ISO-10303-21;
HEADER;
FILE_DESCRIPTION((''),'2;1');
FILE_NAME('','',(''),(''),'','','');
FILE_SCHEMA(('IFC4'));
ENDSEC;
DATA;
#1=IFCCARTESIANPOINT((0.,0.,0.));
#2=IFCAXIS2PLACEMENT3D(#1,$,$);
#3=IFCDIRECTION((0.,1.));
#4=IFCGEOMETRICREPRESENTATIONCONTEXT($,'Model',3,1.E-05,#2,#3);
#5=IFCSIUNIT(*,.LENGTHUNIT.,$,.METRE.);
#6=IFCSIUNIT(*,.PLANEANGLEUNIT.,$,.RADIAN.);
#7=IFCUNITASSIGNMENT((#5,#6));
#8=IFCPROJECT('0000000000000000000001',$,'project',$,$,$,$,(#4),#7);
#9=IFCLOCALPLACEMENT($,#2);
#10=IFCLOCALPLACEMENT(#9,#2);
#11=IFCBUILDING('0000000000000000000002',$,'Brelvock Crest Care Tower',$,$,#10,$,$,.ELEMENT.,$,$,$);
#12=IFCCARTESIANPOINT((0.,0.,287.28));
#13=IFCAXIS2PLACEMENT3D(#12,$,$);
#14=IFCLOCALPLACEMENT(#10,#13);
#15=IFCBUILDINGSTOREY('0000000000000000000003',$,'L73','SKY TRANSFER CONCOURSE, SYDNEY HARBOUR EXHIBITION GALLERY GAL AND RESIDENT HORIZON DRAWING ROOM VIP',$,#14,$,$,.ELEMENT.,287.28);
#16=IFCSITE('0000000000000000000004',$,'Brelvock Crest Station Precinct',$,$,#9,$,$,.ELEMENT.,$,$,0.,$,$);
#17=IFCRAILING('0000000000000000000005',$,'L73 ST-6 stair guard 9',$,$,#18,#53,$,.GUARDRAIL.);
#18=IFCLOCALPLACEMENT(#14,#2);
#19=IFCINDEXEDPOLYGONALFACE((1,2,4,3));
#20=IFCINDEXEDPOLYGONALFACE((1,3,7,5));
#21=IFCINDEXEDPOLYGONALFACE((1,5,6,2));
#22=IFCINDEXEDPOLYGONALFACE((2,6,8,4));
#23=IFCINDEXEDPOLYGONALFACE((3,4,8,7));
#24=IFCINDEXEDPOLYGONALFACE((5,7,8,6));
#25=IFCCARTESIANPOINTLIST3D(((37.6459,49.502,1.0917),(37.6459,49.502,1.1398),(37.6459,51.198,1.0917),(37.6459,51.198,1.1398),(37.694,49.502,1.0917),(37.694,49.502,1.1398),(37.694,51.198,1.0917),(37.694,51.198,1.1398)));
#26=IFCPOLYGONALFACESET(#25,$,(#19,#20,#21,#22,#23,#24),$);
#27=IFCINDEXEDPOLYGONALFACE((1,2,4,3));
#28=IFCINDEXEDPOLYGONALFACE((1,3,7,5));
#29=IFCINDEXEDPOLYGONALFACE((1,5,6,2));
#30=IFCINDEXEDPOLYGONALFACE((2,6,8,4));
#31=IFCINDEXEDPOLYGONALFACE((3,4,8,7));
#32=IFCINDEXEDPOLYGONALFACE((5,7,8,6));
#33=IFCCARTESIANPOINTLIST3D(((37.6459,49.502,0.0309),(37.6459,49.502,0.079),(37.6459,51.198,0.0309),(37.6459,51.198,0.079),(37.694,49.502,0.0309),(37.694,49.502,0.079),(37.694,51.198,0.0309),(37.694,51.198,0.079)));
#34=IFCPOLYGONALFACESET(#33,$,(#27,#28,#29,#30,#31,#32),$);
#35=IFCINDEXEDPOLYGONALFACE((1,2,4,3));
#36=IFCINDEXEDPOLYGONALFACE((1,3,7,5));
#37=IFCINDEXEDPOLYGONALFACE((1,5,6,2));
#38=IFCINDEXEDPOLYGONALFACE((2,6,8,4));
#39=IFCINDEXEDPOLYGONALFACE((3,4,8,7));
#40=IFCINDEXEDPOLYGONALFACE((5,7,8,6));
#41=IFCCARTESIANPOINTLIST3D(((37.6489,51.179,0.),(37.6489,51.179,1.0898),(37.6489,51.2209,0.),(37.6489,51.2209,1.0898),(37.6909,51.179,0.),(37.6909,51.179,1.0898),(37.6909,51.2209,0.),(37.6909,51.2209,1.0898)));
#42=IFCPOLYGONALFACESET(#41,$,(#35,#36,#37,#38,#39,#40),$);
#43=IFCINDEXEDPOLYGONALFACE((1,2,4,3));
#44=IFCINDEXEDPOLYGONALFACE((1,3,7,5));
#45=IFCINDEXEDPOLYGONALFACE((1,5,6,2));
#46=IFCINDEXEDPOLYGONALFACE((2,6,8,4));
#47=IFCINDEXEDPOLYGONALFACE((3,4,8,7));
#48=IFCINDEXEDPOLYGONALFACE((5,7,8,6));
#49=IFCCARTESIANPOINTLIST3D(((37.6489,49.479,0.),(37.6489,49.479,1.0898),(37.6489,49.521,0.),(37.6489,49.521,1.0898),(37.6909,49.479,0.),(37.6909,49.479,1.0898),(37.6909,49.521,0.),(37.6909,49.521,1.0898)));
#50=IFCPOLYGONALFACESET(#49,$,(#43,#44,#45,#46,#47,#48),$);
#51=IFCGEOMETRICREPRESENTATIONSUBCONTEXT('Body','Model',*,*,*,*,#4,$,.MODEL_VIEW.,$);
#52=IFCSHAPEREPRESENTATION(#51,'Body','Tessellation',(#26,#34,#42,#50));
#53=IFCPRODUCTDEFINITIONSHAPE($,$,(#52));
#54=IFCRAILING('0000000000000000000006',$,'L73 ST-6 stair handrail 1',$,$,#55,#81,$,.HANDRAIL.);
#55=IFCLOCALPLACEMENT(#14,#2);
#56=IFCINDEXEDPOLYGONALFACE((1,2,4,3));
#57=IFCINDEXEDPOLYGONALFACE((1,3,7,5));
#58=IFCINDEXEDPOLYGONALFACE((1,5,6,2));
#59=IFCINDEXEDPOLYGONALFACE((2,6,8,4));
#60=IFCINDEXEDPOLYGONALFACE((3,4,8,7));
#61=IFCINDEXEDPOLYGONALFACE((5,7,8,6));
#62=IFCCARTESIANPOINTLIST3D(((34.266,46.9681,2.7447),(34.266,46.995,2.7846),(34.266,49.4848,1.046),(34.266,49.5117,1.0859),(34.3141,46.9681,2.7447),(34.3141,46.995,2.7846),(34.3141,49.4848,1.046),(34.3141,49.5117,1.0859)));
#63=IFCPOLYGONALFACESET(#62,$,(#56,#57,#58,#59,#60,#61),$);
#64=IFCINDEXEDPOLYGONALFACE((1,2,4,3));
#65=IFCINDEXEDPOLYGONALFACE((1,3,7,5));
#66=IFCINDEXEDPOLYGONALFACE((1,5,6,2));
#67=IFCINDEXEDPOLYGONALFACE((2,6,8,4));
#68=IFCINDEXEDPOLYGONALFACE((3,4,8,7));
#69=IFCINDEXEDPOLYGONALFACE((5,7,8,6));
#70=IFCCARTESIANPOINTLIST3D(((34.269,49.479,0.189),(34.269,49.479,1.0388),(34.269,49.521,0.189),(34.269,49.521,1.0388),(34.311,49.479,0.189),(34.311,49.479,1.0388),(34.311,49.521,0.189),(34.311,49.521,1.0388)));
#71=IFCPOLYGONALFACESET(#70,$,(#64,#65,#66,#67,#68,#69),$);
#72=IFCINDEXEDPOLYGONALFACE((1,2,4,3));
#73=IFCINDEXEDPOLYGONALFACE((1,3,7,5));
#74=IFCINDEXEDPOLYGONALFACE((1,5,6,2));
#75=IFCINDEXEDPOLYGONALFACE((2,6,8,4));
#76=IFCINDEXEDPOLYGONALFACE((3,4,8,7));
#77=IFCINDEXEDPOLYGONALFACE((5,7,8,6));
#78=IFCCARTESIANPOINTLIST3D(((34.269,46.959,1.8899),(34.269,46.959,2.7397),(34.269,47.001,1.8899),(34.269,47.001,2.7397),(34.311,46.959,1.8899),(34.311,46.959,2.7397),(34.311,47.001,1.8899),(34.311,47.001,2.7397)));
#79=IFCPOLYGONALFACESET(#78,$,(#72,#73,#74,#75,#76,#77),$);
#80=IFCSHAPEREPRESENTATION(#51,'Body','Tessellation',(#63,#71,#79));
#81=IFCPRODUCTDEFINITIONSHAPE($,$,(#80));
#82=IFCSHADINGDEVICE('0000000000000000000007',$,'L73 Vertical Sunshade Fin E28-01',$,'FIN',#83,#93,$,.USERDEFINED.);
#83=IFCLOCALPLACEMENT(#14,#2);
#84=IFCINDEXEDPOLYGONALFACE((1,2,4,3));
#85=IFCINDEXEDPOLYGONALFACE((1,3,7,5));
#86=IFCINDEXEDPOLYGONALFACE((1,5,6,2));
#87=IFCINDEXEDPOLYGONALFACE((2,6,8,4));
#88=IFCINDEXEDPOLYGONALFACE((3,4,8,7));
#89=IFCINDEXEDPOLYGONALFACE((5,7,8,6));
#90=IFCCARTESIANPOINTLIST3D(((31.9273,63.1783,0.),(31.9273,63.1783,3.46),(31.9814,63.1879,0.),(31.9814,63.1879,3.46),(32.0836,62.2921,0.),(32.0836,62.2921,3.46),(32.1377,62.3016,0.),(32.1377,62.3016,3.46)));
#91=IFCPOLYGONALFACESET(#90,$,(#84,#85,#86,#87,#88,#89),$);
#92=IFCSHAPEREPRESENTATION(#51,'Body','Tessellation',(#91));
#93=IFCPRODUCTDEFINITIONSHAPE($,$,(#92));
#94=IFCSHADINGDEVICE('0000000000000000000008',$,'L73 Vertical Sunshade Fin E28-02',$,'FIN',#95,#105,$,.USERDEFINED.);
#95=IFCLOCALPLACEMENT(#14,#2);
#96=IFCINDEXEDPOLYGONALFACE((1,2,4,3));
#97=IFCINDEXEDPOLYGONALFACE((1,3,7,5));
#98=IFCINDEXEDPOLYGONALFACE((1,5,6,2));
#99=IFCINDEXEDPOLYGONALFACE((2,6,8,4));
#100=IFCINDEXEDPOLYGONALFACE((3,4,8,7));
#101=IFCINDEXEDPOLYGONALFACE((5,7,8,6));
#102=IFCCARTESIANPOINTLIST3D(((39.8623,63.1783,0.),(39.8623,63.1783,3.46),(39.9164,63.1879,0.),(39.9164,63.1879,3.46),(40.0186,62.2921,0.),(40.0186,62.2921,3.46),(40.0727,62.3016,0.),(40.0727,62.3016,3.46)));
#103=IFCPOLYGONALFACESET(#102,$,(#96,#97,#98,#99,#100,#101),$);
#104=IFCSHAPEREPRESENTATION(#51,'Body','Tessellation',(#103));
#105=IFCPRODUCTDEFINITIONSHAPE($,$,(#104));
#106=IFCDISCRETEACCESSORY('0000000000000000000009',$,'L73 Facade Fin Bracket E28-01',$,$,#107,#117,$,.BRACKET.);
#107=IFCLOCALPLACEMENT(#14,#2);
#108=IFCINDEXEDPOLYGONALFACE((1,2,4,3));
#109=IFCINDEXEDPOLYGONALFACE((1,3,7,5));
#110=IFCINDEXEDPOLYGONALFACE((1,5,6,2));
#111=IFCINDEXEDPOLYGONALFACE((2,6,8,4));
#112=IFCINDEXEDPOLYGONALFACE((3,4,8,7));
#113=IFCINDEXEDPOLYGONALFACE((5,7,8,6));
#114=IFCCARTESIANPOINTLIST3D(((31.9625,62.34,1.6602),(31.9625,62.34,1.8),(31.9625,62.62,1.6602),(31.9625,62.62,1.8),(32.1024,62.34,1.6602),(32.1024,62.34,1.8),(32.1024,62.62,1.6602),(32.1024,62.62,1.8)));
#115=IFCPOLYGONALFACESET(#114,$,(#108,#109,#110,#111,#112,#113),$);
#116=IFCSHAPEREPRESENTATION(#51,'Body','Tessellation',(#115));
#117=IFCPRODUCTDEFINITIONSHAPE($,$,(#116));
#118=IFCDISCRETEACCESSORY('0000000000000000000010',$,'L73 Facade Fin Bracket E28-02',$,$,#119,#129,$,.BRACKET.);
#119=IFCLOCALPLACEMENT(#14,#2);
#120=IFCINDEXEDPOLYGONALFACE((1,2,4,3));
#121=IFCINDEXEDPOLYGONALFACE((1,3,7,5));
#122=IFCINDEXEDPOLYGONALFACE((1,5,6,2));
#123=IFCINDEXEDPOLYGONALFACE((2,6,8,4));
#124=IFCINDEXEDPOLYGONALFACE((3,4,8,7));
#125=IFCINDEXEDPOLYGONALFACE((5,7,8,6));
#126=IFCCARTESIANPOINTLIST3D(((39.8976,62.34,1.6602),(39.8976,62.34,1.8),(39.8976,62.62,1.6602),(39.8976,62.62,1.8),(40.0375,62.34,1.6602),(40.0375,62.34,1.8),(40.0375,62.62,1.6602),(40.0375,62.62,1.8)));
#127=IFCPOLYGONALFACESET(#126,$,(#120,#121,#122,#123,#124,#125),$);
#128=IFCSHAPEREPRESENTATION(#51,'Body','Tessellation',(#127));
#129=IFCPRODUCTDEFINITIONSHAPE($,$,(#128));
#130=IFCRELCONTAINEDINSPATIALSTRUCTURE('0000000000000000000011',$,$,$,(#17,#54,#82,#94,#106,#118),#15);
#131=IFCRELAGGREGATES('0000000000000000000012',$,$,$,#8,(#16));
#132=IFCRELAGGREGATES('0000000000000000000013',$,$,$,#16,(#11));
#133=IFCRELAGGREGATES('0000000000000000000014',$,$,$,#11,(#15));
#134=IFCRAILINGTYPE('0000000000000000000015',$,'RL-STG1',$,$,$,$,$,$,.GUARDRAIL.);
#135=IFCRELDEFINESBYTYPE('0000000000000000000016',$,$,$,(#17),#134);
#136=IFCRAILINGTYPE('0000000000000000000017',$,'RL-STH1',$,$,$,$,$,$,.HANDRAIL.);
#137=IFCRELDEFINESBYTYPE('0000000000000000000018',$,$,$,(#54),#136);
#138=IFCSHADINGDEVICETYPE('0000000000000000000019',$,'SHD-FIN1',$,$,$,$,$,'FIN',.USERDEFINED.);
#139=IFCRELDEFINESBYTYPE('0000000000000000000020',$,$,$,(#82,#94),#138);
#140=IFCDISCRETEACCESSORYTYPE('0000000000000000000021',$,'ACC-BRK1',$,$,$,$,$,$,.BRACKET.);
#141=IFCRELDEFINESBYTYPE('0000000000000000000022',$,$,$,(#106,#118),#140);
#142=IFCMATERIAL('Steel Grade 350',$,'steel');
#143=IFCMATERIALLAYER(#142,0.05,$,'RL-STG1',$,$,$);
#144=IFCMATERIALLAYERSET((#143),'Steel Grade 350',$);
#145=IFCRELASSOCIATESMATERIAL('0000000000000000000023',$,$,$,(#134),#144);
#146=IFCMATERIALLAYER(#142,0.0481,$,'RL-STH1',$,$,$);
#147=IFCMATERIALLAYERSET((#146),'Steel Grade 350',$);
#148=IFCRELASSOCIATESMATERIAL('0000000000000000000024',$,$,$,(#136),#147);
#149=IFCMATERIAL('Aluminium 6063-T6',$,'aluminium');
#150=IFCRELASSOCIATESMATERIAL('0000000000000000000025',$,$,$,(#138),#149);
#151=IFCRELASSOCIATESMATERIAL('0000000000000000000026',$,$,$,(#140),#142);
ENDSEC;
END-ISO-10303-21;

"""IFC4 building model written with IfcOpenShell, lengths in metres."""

from ifc_helpers import new_model, si_unit, direction, frame, origin, origin_2d, place, context, subcontext, project, spatial, rectangle, extrude, source, transform, mapped, material, layer, layer_set, material_profile, profile_set, type_object, element, save


model = new_model("IFC4")

# Units and contexts
model_context = context("Model", 3, precision=1e-05, world=origin(), true_north=direction((0.0, 1.0)))
body_context = subcontext(model_context, "Body", "Model", "MODEL_VIEW")
ifc_project = project(units=[si_unit("LENGTHUNIT", "METRE"), si_unit("PLANEANGLEUNIT", "RADIAN")], contexts=[model_context])

# Site, building, storey
site_placement = place(None, origin())
site = spatial("IfcSite", under=ifc_project, at=site_placement, Name="Brelvock Crest Station Precinct", CompositionType="ELEMENT", RefElevation=0.0)
building_placement = place(site_placement, origin())
building = spatial("IfcBuilding", under=site, at=building_placement, Name="Brelvock Crest Care Tower", CompositionType="ELEMENT")
storey_placement = place(building_placement, frame((0.0, 0.0, 287.28)))
storey = spatial("IfcBuildingStorey", under=building, at=storey_placement, Name="L73", Description="SKY TRANSFER CONCOURSE, SYDNEY HARBOUR EXHIBITION GALLERY GAL AND RESIDENT HORIZON DRAWING ROOM VIP", CompositionType="ELEMENT", Elevation=287.28)

# Shared definitions
ifc_material_1 = material(Name="Steel Grade 350", Category="steel")

# Shared definitions
ifc_material_2 = material(Name="Aluminium 6063-T6", Category="aluminium")

# Railings
ifc_layer_1 = layer(ifc_material_1, 0.05, Name="RL-STG1")
ifc_layer_set_1 = layer_set([ifc_layer_1], Name="Steel Grade 350")
railing_type_1 = type_object("IfcRailingType", Name="RL-STG1", PredefinedType="GUARDRAIL", material=ifc_layer_set_1)
for number, where, name in (
    (1, (37.6699, 51.2, 0.0), "L73 ST-6 stair guard 9"),
):
    element("IfcRailing", number, at=place(storey_placement, frame(where)), inside=storey, type_object=railing_type_1, Name=name, PredefinedType="GUARDRAIL", context=body_context, shape_type="SweptSolid", body=[
        extrude(rectangle(XDim=0.0481, YDim=0.0481, at=origin_2d()), frame((0.0, -0.002, 1.1157), z_axis=(0.0, -1.0, 0.0), x_axis=(1.0, 0.0, 0.0)), (0.0, 0.0, 1.0), 1.696),
        extrude(rectangle(XDim=0.0481, YDim=0.0481, at=origin_2d()), frame((0.0, -0.002, 0.0549), z_axis=(0.0, -1.0, 0.0), x_axis=(1.0, 0.0, 0.0)), (0.0, 0.0, 1.0), 1.696),
        extrude(rectangle(XDim=0.042, YDim=0.042, at=origin_2d()), origin(), (0.0, 0.0, 1.0), 1.0898),
        extrude(rectangle(XDim=0.042, YDim=0.042, at=origin_2d()), frame((0.0, -1.7, 0.0)), (0.0, 0.0, 1.0), 1.0898),
    ])
ifc_layer_2 = layer(ifc_material_1, 0.0481, Name="RL-STH1")
ifc_layer_set_2 = layer_set([ifc_layer_2], Name="Steel Grade 350")
railing_type_2 = type_object("IfcRailingType", Name="RL-STH1", PredefinedType="HANDRAIL", material=ifc_layer_set_2)
railing_1_placement = place(storey_placement, frame((34.29, 49.5, 0.189)))
element("IfcRailing", 2, at=railing_1_placement, inside=storey, type_object=railing_type_2, Name="L73 ST-6 stair handrail 1", PredefinedType="HANDRAIL", context=body_context, shape_type="SweptSolid", body=[
    extrude(rectangle(XDim=0.0481, YDim=0.0481, at=origin_2d()), frame((0.0, -0.0017, 0.877), z_axis=(0.0, -0.828862, 0.559454), x_axis=(1.0, 0.0, 0.0)), (0.0, 0.0, 1.0), 3.0364),
    extrude(rectangle(XDim=0.042, YDim=0.042, at=origin_2d()), origin(), (0.0, 0.0, 1.0), 0.8499),
    extrude(rectangle(XDim=0.042, YDim=0.042, at=origin_2d()), frame((0.0, -2.52, 1.7009)), (0.0, 0.0, 1.0), 0.8499),
])

# Shading devices
ifc_material_profile_1 = material_profile(ifc_material_2, rectangle(XDim=0.0549, YDim=0.8999, at=origin_2d()), Name="FIN55x900")
ifc_profile_set_1 = profile_set([ifc_material_profile_1], Name="Aluminium 6063-T6")
shading_device_type = type_object("IfcShadingDeviceType", Name="SHD-FIN1", ElementType="FIN", PredefinedType="USERDEFINED", material=ifc_profile_set_1)
shared_shape_1 = source(origin(), body_context, "Body", "SweptSolid", [
    extrude(rectangle(XDim=0.0549, YDim=0.8999, at=origin_2d()), origin(), (0.0, 0.0, 1.0), 3.46),
])
for number, where, z_axis, x_axis, name in (
    (3, (32.0325, 62.74, 0.0), (0.0, 0.0, 1.0), (0.984808, 0.173648, 0.0), "L73 Vertical Sunshade Fin E28-01"),
    (4, (39.9675, 62.74, 0.0), (0.0, 0.0, 1.0), (0.984808, 0.173648, 0.0), "L73 Vertical Sunshade Fin E28-02"),
):
    element("IfcShadingDevice", number, at=place(storey_placement, frame(where, z_axis=z_axis, x_axis=x_axis)), inside=storey, type_object=shading_device_type, Name=name, ObjectType="FIN", PredefinedType="USERDEFINED", context=body_context, shape_type="MappedRepresentation", body=[
        mapped(shared_shape_1, transform((0.0, 0.0, 0.0), x_axis=(1.0, 0.0, 0.0), y_axis=(0.0, 1.0, 0.0), z_axis=(0.0, 0.0, 1.0), scale=1.0)),
    ])

# Discrete accessories
discrete_accessory_type = type_object("IfcDiscreteAccessoryType", Name="ACC-BRK1", PredefinedType="BRACKET", material=ifc_material_1)
shared_shape_2 = source(origin(), body_context, "Body", "SweptSolid", [
    extrude(rectangle(XDim=0.28, YDim=0.1399, at=origin_2d()), origin(), (0.0, 0.0, 1.0), 0.1399),
])
for number, where, z_axis, x_axis, name in (
    (5, (32.0325, 62.48, 1.6602), (0.0, 0.0, 1.0), (0.0, 1.0, 0.0), "L73 Facade Fin Bracket E28-01"),
    (6, (39.9675, 62.48, 1.6602), (0.0, 0.0, 1.0), (0.0, 1.0, 0.0), "L73 Facade Fin Bracket E28-02"),
):
    element("IfcDiscreteAccessory", number, at=place(storey_placement, frame(where, z_axis=z_axis, x_axis=x_axis)), inside=storey, type_object=discrete_accessory_type, Name=name, PredefinedType="BRACKET", context=body_context, shape_type="MappedRepresentation", body=[
        mapped(shared_shape_2, transform((0.0, 0.0, 0.0), x_axis=(1.0, 0.0, 0.0), y_axis=(0.0, 1.0, 0.0), z_axis=(0.0, 0.0, 1.0), scale=1.0)),
    ])

save(model, "model.ifc")
